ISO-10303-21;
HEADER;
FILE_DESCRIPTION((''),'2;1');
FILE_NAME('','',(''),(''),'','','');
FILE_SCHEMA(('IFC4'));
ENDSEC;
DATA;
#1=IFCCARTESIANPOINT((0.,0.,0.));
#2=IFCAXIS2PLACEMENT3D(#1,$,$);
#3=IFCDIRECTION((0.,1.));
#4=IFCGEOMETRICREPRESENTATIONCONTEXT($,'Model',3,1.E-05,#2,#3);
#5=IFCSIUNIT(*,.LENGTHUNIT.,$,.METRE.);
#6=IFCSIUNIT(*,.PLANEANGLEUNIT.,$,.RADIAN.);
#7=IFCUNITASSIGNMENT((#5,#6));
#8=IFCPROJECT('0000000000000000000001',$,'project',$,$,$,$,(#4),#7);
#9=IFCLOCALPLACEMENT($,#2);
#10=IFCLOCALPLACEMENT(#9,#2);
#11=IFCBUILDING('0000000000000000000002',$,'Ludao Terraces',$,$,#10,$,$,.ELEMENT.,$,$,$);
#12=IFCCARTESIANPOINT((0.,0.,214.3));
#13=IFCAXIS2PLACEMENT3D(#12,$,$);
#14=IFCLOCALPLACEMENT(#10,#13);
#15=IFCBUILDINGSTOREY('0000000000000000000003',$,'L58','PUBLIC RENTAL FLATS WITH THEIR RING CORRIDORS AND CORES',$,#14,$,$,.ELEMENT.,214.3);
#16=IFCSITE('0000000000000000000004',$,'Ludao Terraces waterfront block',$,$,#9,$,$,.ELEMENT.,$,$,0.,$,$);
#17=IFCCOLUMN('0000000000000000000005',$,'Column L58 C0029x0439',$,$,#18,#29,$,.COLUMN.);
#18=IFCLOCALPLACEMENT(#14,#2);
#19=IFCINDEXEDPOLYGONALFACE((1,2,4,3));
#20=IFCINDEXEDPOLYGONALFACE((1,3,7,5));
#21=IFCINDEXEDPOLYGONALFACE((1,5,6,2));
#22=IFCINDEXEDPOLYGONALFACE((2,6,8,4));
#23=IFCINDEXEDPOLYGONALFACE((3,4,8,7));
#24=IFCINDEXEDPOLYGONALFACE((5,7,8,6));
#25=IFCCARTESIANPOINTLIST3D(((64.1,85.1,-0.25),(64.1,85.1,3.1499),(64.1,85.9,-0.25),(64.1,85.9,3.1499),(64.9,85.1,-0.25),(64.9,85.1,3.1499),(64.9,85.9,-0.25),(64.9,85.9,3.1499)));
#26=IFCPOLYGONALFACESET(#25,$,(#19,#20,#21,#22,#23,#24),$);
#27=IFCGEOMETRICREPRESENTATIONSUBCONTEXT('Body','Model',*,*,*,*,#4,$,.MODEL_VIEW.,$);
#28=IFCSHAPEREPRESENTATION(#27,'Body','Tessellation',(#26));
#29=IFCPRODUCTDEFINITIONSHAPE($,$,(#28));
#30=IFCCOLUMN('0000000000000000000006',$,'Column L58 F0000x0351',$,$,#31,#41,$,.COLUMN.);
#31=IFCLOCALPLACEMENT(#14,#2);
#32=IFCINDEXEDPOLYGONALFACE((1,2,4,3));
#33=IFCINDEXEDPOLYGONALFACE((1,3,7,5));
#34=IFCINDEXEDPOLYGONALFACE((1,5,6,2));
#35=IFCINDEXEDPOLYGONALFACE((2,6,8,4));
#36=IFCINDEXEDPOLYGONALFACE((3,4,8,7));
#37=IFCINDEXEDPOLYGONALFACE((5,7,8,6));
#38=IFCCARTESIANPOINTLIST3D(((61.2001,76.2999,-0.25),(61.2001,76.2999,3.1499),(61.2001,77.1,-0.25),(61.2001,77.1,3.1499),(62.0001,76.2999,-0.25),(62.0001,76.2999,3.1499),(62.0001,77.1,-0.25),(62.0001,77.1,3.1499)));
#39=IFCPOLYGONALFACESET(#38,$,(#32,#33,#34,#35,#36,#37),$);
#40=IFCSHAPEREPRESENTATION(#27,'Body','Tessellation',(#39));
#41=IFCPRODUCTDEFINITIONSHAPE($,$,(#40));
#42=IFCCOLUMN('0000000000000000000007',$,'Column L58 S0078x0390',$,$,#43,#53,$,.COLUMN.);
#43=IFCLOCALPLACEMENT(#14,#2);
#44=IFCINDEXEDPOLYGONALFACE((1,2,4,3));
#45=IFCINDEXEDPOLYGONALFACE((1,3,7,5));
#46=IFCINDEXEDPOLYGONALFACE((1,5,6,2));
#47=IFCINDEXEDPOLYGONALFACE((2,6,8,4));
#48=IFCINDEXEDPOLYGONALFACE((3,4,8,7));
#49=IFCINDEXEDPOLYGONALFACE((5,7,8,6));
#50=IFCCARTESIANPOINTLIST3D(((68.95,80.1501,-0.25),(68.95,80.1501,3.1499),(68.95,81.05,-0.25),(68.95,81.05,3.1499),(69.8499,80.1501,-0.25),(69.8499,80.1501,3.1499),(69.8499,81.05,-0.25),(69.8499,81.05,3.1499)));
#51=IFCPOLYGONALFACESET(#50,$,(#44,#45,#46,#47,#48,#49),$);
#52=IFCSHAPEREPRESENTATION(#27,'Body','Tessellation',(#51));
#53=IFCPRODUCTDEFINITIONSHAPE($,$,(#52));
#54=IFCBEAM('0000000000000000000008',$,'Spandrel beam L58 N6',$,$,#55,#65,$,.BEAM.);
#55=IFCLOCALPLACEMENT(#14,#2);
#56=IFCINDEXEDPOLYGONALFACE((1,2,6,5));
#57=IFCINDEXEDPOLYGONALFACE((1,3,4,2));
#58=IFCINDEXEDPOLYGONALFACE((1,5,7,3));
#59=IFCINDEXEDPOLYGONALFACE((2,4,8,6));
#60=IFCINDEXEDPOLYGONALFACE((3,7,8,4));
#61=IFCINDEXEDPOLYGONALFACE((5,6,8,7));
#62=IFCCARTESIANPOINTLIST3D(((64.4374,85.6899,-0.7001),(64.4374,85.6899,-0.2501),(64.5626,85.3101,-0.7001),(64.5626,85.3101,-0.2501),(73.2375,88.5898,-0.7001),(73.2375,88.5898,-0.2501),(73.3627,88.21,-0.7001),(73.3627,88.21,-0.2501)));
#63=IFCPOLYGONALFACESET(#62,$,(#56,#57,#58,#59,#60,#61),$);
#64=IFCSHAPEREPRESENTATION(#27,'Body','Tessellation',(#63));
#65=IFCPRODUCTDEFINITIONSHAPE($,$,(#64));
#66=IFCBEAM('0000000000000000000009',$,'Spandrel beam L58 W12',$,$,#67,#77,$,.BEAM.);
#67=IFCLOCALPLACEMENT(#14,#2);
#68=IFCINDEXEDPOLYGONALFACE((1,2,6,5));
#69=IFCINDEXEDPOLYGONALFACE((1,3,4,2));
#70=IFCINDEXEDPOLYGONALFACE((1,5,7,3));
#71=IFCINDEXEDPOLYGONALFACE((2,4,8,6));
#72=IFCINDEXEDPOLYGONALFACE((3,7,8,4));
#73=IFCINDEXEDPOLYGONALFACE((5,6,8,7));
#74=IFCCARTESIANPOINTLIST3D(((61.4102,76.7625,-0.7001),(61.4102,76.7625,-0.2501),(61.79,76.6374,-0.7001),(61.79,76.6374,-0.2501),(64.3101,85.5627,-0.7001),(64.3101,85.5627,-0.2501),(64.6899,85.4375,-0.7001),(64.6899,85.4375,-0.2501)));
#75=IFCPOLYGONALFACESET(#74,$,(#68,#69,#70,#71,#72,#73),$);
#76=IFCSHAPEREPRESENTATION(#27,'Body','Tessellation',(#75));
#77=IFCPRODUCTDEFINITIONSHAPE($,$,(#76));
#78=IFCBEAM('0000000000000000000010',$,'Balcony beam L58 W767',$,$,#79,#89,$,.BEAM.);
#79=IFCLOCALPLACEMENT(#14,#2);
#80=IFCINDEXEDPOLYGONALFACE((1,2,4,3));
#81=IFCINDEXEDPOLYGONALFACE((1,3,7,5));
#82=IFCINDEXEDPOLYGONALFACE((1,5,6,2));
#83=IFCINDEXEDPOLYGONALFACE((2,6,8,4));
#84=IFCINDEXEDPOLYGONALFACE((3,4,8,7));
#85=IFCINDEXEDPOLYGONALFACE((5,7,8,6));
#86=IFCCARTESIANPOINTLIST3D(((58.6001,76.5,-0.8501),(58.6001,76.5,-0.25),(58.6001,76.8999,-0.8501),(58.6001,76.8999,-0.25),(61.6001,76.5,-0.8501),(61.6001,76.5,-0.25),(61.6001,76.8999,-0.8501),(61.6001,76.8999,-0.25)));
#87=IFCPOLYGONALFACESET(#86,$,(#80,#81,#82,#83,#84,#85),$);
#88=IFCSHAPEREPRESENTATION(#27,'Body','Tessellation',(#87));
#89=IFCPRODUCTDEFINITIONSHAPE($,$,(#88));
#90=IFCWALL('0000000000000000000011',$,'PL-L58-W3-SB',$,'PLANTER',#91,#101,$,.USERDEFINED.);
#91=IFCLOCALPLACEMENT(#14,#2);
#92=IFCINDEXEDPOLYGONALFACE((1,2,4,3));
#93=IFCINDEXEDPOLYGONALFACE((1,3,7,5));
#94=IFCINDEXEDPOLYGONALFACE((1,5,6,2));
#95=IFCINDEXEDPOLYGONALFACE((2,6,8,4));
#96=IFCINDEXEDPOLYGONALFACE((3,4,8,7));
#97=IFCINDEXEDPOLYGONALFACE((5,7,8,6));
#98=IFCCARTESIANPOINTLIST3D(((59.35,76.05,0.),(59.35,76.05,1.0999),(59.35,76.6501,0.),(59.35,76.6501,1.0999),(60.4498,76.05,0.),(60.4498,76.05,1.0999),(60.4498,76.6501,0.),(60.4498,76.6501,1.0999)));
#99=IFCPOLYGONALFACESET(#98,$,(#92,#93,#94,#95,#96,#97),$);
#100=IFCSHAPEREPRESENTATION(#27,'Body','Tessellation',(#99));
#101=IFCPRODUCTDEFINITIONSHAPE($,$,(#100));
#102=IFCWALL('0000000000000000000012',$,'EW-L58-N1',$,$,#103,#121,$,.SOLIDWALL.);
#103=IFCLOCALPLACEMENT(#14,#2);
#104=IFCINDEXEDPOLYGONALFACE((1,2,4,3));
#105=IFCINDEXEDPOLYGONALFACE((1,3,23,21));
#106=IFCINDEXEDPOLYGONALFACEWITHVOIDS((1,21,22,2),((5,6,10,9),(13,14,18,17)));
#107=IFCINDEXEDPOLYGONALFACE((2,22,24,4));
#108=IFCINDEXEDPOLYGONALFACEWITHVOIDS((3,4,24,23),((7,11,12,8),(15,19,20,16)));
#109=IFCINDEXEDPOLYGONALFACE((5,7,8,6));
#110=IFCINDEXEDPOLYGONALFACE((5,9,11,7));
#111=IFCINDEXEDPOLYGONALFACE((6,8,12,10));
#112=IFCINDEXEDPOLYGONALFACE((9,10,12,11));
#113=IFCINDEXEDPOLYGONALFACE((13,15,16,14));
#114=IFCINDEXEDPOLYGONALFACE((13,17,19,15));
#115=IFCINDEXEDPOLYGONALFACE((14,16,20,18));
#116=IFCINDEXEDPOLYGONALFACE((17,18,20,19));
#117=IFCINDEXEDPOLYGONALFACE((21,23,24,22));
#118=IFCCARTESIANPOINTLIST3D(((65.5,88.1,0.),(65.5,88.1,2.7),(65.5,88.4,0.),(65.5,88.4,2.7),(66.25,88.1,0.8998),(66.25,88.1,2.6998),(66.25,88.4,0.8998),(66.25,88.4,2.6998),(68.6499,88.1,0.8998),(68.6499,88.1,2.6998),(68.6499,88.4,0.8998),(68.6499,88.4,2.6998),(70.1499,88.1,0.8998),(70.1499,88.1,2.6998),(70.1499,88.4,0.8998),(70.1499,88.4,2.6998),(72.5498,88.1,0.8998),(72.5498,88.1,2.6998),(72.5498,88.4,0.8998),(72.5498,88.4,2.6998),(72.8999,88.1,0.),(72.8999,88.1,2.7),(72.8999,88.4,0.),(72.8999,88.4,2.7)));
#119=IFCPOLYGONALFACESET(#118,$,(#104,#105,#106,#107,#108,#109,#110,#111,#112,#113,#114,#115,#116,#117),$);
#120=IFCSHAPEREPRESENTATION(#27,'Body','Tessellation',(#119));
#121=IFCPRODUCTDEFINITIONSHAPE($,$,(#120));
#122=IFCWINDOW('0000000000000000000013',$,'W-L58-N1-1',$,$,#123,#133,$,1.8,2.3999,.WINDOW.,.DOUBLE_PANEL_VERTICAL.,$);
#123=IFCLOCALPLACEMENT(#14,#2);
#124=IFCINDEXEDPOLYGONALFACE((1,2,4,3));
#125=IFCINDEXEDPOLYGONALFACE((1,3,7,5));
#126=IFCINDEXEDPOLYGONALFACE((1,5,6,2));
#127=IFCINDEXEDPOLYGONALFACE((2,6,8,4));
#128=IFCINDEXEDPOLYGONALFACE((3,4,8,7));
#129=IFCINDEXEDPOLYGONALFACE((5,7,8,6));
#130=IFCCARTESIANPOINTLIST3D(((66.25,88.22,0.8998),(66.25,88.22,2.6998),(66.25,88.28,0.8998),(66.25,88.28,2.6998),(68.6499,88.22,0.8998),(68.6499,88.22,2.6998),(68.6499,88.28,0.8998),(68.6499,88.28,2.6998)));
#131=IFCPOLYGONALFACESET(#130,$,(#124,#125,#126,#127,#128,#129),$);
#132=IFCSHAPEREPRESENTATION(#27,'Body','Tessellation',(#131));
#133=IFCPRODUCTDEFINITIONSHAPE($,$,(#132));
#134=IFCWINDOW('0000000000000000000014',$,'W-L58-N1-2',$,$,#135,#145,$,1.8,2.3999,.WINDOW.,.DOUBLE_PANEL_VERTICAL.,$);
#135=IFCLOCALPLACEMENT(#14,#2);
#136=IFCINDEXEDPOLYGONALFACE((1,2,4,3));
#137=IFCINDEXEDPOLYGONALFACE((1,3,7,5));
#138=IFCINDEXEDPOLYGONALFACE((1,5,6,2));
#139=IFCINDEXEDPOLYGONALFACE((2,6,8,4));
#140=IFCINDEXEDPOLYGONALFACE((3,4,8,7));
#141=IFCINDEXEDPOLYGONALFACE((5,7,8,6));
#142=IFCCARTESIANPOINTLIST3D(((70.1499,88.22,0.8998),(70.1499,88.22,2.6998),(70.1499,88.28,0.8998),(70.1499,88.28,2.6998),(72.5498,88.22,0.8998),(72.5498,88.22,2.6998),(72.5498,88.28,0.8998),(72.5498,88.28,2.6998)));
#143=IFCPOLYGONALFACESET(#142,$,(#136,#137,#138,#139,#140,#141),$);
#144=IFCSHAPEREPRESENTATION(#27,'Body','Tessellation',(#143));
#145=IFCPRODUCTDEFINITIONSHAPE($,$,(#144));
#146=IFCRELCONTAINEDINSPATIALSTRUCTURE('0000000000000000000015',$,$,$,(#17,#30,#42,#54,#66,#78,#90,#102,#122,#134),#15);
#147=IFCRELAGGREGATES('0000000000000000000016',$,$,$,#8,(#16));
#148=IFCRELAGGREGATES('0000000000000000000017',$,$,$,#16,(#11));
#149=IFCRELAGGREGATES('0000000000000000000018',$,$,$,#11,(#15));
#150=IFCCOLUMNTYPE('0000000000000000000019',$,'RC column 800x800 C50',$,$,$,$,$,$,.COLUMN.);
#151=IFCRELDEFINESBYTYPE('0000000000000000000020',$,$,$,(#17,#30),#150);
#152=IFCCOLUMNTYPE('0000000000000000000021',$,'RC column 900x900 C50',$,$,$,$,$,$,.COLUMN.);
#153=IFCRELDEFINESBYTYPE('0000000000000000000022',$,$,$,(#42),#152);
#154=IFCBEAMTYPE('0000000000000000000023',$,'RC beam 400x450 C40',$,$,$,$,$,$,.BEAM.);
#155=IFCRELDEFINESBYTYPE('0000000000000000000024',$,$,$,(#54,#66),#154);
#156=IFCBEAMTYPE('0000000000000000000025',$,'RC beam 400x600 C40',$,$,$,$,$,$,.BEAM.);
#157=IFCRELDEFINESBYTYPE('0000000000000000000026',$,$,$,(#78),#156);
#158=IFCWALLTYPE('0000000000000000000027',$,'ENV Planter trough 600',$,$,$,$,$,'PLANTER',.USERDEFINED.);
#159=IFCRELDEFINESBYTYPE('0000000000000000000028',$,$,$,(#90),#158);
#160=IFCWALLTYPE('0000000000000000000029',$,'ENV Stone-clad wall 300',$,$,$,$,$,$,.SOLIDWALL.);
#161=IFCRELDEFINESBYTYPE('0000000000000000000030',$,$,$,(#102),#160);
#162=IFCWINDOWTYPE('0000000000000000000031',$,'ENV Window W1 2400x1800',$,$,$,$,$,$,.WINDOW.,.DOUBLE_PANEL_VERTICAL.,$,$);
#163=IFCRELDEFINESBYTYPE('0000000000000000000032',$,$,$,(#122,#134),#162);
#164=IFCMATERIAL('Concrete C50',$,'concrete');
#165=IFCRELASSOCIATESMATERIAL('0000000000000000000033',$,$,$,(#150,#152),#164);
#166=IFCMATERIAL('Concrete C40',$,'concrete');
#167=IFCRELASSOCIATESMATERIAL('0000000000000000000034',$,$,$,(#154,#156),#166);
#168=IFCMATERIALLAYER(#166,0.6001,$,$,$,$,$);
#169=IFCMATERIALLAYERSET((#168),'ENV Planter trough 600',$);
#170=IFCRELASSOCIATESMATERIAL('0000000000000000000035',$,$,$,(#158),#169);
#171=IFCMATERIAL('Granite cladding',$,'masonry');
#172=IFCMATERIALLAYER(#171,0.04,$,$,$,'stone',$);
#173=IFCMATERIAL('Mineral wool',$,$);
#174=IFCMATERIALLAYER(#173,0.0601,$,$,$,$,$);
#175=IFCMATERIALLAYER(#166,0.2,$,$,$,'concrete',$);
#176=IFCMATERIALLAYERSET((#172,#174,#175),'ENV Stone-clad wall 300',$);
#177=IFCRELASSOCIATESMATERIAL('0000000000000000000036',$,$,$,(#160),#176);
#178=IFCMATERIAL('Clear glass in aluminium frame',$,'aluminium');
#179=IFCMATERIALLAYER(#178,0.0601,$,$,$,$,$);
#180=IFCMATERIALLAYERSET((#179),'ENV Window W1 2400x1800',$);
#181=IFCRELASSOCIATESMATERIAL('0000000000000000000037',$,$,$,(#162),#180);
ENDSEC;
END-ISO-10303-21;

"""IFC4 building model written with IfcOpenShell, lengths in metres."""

from ifc_helpers import new_model, si_unit, direction, frame, frame_2d, origin, origin_2d, place, context, subcontext, project, spatial, rectangle, extrude, material, layer, layer_set, material_profile, profile_set, type_object, element, fill, save


model = new_model("IFC4")

# Units and contexts
model_context = context("Model", 3, precision=1e-05, world=origin(), true_north=direction((0.0, 1.0)))
body_context = subcontext(model_context, "Body", "Model", "MODEL_VIEW")
ifc_project = project(units=[si_unit("LENGTHUNIT", "METRE"), si_unit("PLANEANGLEUNIT", "RADIAN")], contexts=[model_context])

# Site, building, storey
site_placement = place(None, origin())
site = spatial("IfcSite", under=ifc_project, at=site_placement, Name="Ludao Terraces waterfront block", CompositionType="ELEMENT", RefElevation=0.0)
building_placement = place(site_placement, origin())
building = spatial("IfcBuilding", under=site, at=building_placement, Name="Ludao Terraces", CompositionType="ELEMENT")
storey_placement = place(building_placement, frame((0.0, 0.0, 214.3)))
storey = spatial("IfcBuildingStorey", under=building, at=storey_placement, Name="L58", Description="PUBLIC RENTAL FLATS WITH THEIR RING CORRIDORS AND CORES", CompositionType="ELEMENT", Elevation=214.3)

# Columns
ifc_material_1 = material(Name="Concrete C50", Category="concrete")
ifc_material_profile_1 = material_profile(ifc_material_1, rectangle(XDim=0.8, YDim=0.8, at=origin_2d()), Name="800 X 800")
ifc_profile_set_1 = profile_set([ifc_material_profile_1], Name="Concrete C50")
column_type_1 = type_object("IfcColumnType", Name="RC column 800x800 C50", PredefinedType="COLUMN", material=ifc_profile_set_1)
for number, where, z_axis, x_axis, name in (
    (1, (64.5, 85.5, -0.25), (0.0, 0.0, 1.0), (1.0, 0.0, 0.0), "Column L58 C0029x0439"),
    (2, (61.6001, 76.7, -0.25), (0.0, 0.0, 1.0), (1.0, 0.0, 0.0), "Column L58 F0000x0351"),
):
    element("IfcColumn", number, at=place(storey_placement, frame(where, z_axis=z_axis, x_axis=x_axis)), inside=storey, type_object=column_type_1, Name=name, PredefinedType="COLUMN", context=body_context, shape_type="SweptSolid", body=[
        extrude(rectangle(XDim=0.8, YDim=0.8, at=origin_2d()), origin(), (0.0, 0.0, 1.0), 3.3999),
    ])
ifc_material_profile_2 = material_profile(ifc_material_1, rectangle(XDim=0.8999, YDim=0.8999, at=origin_2d()), Name="900 X 900")
ifc_profile_set_2 = profile_set([ifc_material_profile_2], Name="Concrete C50")
column_type_2 = type_object("IfcColumnType", Name="RC column 900x900 C50", PredefinedType="COLUMN", material=ifc_profile_set_2)
column_placement = place(storey_placement, frame((69.3999, 80.6001, -0.25), z_axis=(0.0, 0.0, 1.0), x_axis=(1.0, 0.0, 0.0)))
element("IfcColumn", 3, at=column_placement, inside=storey, type_object=column_type_2, Name="Column L58 S0078x0390", PredefinedType="COLUMN", context=body_context, shape_type="SweptSolid", body=[
    extrude(rectangle(XDim=0.8999, YDim=0.8999, at=origin_2d()), origin(), (0.0, 0.0, 1.0), 3.3999),
])

# Beams
ifc_material_2 = material(Name="Concrete C40", Category="concrete")
ifc_material_profile_3 = material_profile(ifc_material_2, rectangle(XDim=0.3999, YDim=0.45, at=origin_2d()), Name="400 X 450")
ifc_profile_set_3 = profile_set([ifc_material_profile_3], Name="Concrete C40")
beam_type_1 = type_object("IfcBeamType", Name="RC beam 400x450 C40", PredefinedType="BEAM", material=ifc_profile_set_3)
for number, where, z_axis, x_axis, name in (
    (4, (64.5, 85.5, -0.4751), (0.949761, 0.312977, 0.0), (-0.312977, 0.949761, 0.0), "Spandrel beam L58 N6"),
    (5, (61.6001, 76.7, -0.4751), (0.312977, 0.949761, 0.0), (-0.949761, 0.312977, 0.0), "Spandrel beam L58 W12"),
):
    element("IfcBeam", number, at=place(storey_placement, frame(where, z_axis=z_axis, x_axis=x_axis)), inside=storey, type_object=beam_type_1, Name=name, PredefinedType="BEAM", context=body_context, shape_type="SweptSolid", body=[
        extrude(rectangle(XDim=0.3999, YDim=0.45, at=origin_2d()), origin(), (0.0, 0.0, 1.0), 9.2656),
    ])
ifc_material_profile_4 = material_profile(ifc_material_2, rectangle(XDim=0.3999, YDim=0.6001, at=origin_2d()), Name="400 X 600")
ifc_profile_set_4 = profile_set([ifc_material_profile_4], Name="Concrete C40")
beam_type_2 = type_object("IfcBeamType", Name="RC beam 400x600 C40", PredefinedType="BEAM", material=ifc_profile_set_4)
beam_placement = place(storey_placement, frame((61.6001, 76.7, -0.55), z_axis=(-1.0, 0.0, 0.0), x_axis=(0.0, -1.0, 0.0)))
element("IfcBeam", 6, at=beam_placement, inside=storey, type_object=beam_type_2, Name="Balcony beam L58 W767", PredefinedType="BEAM", context=body_context, shape_type="SweptSolid", body=[
    extrude(rectangle(XDim=0.3999, YDim=0.6001, at=origin_2d()), origin(), (0.0, 0.0, 1.0), 3.0),
])

# Wall
ifc_layer_1 = layer(ifc_material_2, 0.6001)
ifc_layer_set_1 = layer_set([ifc_layer_1], Name="ENV Planter trough 600")
wall_type_1 = type_object("IfcWallType", Name="ENV Planter trough 600", ElementType="PLANTER", PredefinedType="USERDEFINED", material=ifc_layer_set_1)
wall_1_placement = place(storey_placement, frame((59.3501, 76.3501, 0.0), z_axis=(0.0, 0.0, 1.0), x_axis=(1.0, 0.0, 0.0)))
element("IfcWall", 7, at=wall_1_placement, inside=storey, type_object=wall_type_1, Name="PL-L58-W3-SB", ObjectType="PLANTER", PredefinedType="USERDEFINED", context=body_context, shape_type="SweptSolid", body=[
    extrude(rectangle(XDim=1.0999, YDim=0.6001, at=frame_2d((0.5498, 0.0))), origin(), (0.0, 0.0, 1.0), 1.0999),
])

# Wall, openings, windows
ifc_material_3 = material(Name="Granite cladding", Category="masonry")
ifc_layer_2 = layer(ifc_material_3, 0.04, Category="stone")
ifc_material_4 = material(Name="Mineral wool")
ifc_layer_3 = layer(ifc_material_4, 0.0601)
ifc_layer_4 = layer(ifc_material_2, 0.2, Category="concrete")
ifc_layer_set_2 = layer_set([ifc_layer_2, ifc_layer_3, ifc_layer_4], Name="ENV Stone-clad wall 300")
wall_type_2 = type_object("IfcWallType", Name="ENV Stone-clad wall 300", PredefinedType="SOLIDWALL", material=ifc_layer_set_2)
wall_2_placement = place(storey_placement, frame((65.5, 88.25, 0.0), z_axis=(0.0, 0.0, 1.0), x_axis=(1.0, 0.0, 0.0)))
wall_2 = element("IfcWall", 8, at=wall_2_placement, inside=storey, type_object=wall_type_2, Name="EW-L58-N1", PredefinedType="SOLIDWALL", context=body_context, shape_type="SweptSolid", body=[
    extrude(rectangle(XDim=7.3999, YDim=0.3, at=frame_2d((3.7, 0.0))), origin(), (0.0, 0.0, 1.0), 2.7),
])
opening_1_placement = place(wall_2_placement, frame((0.75, 0.0, 0.8999)))
opening_1 = element("IfcOpeningElement", 9, at=opening_1_placement, cuts=wall_2, PredefinedType="OPENING", context=body_context, shape_type="SweptSolid", body=[
    extrude(rectangle(XDim=2.3999, YDim=1.8, at=frame_2d((1.2, 0.8999))), frame((0.0, 0.1602, 0.0), z_axis=(0.0, -1.0, 0.0), x_axis=(1.0, 0.0, 0.0)), (0.0, 0.0, 1.0), 0.3201),
])
opening_2_placement = place(wall_2_placement, frame((4.6499, 0.0, 0.8999)))
opening_2 = element("IfcOpeningElement", 10, at=opening_2_placement, cuts=wall_2, PredefinedType="OPENING", context=body_context, shape_type="SweptSolid", body=[
    extrude(rectangle(XDim=2.3999, YDim=1.8, at=frame_2d((1.2, 0.8999))), frame((0.0, 0.1602, 0.0), z_axis=(0.0, -1.0, 0.0), x_axis=(1.0, 0.0, 0.0)), (0.0, 0.0, 1.0), 0.3201),
])
ifc_material_5 = material(Name="Clear glass in aluminium frame", Category="aluminium")
ifc_layer_5 = layer(ifc_material_5, 0.0601)
ifc_layer_set_3 = layer_set([ifc_layer_5], Name="ENV Window W1 2400x1800")
window_type_1 = type_object("IfcWindowType", Name="ENV Window W1 2400x1800", PartitioningType="DOUBLE_PANEL_VERTICAL", PredefinedType="WINDOW", material=ifc_layer_set_3)
window_1_placement = place(opening_1_placement, origin())
window_1 = element("IfcWindow", 11, at=window_1_placement, inside=storey, type_object=window_type_1, Name="W-L58-N1-1", OverallHeight=1.8, OverallWidth=2.3999, PartitioningType="DOUBLE_PANEL_VERTICAL", PredefinedType="WINDOW", context=body_context, shape_type="SweptSolid", body=[
    extrude(rectangle(XDim=2.3999, YDim=1.8, at=frame_2d((1.2, 0.8999))), frame((0.0, 0.03, 0.0), z_axis=(0.0, -1.0, 0.0), x_axis=(1.0, 0.0, 0.0)), (0.0, 0.0, 1.0), 0.0601),
])
fill(opening_1, window_1)
window_2_placement = place(opening_2_placement, origin())
window_2 = element("IfcWindow", 12, at=window_2_placement, inside=storey, type_object=window_type_1, Name="W-L58-N1-2", OverallHeight=1.8, OverallWidth=2.3999, PartitioningType="DOUBLE_PANEL_VERTICAL", PredefinedType="WINDOW", context=body_context, shape_type="SweptSolid", body=[
    extrude(rectangle(XDim=2.3999, YDim=1.8, at=frame_2d((1.2, 0.8999))), frame((0.0, 0.03, 0.0), z_axis=(0.0, -1.0, 0.0), x_axis=(1.0, 0.0, 0.0)), (0.0, 0.0, 1.0), 0.0601),
])
fill(opening_2, window_2)

save(model, "model.ifc")
